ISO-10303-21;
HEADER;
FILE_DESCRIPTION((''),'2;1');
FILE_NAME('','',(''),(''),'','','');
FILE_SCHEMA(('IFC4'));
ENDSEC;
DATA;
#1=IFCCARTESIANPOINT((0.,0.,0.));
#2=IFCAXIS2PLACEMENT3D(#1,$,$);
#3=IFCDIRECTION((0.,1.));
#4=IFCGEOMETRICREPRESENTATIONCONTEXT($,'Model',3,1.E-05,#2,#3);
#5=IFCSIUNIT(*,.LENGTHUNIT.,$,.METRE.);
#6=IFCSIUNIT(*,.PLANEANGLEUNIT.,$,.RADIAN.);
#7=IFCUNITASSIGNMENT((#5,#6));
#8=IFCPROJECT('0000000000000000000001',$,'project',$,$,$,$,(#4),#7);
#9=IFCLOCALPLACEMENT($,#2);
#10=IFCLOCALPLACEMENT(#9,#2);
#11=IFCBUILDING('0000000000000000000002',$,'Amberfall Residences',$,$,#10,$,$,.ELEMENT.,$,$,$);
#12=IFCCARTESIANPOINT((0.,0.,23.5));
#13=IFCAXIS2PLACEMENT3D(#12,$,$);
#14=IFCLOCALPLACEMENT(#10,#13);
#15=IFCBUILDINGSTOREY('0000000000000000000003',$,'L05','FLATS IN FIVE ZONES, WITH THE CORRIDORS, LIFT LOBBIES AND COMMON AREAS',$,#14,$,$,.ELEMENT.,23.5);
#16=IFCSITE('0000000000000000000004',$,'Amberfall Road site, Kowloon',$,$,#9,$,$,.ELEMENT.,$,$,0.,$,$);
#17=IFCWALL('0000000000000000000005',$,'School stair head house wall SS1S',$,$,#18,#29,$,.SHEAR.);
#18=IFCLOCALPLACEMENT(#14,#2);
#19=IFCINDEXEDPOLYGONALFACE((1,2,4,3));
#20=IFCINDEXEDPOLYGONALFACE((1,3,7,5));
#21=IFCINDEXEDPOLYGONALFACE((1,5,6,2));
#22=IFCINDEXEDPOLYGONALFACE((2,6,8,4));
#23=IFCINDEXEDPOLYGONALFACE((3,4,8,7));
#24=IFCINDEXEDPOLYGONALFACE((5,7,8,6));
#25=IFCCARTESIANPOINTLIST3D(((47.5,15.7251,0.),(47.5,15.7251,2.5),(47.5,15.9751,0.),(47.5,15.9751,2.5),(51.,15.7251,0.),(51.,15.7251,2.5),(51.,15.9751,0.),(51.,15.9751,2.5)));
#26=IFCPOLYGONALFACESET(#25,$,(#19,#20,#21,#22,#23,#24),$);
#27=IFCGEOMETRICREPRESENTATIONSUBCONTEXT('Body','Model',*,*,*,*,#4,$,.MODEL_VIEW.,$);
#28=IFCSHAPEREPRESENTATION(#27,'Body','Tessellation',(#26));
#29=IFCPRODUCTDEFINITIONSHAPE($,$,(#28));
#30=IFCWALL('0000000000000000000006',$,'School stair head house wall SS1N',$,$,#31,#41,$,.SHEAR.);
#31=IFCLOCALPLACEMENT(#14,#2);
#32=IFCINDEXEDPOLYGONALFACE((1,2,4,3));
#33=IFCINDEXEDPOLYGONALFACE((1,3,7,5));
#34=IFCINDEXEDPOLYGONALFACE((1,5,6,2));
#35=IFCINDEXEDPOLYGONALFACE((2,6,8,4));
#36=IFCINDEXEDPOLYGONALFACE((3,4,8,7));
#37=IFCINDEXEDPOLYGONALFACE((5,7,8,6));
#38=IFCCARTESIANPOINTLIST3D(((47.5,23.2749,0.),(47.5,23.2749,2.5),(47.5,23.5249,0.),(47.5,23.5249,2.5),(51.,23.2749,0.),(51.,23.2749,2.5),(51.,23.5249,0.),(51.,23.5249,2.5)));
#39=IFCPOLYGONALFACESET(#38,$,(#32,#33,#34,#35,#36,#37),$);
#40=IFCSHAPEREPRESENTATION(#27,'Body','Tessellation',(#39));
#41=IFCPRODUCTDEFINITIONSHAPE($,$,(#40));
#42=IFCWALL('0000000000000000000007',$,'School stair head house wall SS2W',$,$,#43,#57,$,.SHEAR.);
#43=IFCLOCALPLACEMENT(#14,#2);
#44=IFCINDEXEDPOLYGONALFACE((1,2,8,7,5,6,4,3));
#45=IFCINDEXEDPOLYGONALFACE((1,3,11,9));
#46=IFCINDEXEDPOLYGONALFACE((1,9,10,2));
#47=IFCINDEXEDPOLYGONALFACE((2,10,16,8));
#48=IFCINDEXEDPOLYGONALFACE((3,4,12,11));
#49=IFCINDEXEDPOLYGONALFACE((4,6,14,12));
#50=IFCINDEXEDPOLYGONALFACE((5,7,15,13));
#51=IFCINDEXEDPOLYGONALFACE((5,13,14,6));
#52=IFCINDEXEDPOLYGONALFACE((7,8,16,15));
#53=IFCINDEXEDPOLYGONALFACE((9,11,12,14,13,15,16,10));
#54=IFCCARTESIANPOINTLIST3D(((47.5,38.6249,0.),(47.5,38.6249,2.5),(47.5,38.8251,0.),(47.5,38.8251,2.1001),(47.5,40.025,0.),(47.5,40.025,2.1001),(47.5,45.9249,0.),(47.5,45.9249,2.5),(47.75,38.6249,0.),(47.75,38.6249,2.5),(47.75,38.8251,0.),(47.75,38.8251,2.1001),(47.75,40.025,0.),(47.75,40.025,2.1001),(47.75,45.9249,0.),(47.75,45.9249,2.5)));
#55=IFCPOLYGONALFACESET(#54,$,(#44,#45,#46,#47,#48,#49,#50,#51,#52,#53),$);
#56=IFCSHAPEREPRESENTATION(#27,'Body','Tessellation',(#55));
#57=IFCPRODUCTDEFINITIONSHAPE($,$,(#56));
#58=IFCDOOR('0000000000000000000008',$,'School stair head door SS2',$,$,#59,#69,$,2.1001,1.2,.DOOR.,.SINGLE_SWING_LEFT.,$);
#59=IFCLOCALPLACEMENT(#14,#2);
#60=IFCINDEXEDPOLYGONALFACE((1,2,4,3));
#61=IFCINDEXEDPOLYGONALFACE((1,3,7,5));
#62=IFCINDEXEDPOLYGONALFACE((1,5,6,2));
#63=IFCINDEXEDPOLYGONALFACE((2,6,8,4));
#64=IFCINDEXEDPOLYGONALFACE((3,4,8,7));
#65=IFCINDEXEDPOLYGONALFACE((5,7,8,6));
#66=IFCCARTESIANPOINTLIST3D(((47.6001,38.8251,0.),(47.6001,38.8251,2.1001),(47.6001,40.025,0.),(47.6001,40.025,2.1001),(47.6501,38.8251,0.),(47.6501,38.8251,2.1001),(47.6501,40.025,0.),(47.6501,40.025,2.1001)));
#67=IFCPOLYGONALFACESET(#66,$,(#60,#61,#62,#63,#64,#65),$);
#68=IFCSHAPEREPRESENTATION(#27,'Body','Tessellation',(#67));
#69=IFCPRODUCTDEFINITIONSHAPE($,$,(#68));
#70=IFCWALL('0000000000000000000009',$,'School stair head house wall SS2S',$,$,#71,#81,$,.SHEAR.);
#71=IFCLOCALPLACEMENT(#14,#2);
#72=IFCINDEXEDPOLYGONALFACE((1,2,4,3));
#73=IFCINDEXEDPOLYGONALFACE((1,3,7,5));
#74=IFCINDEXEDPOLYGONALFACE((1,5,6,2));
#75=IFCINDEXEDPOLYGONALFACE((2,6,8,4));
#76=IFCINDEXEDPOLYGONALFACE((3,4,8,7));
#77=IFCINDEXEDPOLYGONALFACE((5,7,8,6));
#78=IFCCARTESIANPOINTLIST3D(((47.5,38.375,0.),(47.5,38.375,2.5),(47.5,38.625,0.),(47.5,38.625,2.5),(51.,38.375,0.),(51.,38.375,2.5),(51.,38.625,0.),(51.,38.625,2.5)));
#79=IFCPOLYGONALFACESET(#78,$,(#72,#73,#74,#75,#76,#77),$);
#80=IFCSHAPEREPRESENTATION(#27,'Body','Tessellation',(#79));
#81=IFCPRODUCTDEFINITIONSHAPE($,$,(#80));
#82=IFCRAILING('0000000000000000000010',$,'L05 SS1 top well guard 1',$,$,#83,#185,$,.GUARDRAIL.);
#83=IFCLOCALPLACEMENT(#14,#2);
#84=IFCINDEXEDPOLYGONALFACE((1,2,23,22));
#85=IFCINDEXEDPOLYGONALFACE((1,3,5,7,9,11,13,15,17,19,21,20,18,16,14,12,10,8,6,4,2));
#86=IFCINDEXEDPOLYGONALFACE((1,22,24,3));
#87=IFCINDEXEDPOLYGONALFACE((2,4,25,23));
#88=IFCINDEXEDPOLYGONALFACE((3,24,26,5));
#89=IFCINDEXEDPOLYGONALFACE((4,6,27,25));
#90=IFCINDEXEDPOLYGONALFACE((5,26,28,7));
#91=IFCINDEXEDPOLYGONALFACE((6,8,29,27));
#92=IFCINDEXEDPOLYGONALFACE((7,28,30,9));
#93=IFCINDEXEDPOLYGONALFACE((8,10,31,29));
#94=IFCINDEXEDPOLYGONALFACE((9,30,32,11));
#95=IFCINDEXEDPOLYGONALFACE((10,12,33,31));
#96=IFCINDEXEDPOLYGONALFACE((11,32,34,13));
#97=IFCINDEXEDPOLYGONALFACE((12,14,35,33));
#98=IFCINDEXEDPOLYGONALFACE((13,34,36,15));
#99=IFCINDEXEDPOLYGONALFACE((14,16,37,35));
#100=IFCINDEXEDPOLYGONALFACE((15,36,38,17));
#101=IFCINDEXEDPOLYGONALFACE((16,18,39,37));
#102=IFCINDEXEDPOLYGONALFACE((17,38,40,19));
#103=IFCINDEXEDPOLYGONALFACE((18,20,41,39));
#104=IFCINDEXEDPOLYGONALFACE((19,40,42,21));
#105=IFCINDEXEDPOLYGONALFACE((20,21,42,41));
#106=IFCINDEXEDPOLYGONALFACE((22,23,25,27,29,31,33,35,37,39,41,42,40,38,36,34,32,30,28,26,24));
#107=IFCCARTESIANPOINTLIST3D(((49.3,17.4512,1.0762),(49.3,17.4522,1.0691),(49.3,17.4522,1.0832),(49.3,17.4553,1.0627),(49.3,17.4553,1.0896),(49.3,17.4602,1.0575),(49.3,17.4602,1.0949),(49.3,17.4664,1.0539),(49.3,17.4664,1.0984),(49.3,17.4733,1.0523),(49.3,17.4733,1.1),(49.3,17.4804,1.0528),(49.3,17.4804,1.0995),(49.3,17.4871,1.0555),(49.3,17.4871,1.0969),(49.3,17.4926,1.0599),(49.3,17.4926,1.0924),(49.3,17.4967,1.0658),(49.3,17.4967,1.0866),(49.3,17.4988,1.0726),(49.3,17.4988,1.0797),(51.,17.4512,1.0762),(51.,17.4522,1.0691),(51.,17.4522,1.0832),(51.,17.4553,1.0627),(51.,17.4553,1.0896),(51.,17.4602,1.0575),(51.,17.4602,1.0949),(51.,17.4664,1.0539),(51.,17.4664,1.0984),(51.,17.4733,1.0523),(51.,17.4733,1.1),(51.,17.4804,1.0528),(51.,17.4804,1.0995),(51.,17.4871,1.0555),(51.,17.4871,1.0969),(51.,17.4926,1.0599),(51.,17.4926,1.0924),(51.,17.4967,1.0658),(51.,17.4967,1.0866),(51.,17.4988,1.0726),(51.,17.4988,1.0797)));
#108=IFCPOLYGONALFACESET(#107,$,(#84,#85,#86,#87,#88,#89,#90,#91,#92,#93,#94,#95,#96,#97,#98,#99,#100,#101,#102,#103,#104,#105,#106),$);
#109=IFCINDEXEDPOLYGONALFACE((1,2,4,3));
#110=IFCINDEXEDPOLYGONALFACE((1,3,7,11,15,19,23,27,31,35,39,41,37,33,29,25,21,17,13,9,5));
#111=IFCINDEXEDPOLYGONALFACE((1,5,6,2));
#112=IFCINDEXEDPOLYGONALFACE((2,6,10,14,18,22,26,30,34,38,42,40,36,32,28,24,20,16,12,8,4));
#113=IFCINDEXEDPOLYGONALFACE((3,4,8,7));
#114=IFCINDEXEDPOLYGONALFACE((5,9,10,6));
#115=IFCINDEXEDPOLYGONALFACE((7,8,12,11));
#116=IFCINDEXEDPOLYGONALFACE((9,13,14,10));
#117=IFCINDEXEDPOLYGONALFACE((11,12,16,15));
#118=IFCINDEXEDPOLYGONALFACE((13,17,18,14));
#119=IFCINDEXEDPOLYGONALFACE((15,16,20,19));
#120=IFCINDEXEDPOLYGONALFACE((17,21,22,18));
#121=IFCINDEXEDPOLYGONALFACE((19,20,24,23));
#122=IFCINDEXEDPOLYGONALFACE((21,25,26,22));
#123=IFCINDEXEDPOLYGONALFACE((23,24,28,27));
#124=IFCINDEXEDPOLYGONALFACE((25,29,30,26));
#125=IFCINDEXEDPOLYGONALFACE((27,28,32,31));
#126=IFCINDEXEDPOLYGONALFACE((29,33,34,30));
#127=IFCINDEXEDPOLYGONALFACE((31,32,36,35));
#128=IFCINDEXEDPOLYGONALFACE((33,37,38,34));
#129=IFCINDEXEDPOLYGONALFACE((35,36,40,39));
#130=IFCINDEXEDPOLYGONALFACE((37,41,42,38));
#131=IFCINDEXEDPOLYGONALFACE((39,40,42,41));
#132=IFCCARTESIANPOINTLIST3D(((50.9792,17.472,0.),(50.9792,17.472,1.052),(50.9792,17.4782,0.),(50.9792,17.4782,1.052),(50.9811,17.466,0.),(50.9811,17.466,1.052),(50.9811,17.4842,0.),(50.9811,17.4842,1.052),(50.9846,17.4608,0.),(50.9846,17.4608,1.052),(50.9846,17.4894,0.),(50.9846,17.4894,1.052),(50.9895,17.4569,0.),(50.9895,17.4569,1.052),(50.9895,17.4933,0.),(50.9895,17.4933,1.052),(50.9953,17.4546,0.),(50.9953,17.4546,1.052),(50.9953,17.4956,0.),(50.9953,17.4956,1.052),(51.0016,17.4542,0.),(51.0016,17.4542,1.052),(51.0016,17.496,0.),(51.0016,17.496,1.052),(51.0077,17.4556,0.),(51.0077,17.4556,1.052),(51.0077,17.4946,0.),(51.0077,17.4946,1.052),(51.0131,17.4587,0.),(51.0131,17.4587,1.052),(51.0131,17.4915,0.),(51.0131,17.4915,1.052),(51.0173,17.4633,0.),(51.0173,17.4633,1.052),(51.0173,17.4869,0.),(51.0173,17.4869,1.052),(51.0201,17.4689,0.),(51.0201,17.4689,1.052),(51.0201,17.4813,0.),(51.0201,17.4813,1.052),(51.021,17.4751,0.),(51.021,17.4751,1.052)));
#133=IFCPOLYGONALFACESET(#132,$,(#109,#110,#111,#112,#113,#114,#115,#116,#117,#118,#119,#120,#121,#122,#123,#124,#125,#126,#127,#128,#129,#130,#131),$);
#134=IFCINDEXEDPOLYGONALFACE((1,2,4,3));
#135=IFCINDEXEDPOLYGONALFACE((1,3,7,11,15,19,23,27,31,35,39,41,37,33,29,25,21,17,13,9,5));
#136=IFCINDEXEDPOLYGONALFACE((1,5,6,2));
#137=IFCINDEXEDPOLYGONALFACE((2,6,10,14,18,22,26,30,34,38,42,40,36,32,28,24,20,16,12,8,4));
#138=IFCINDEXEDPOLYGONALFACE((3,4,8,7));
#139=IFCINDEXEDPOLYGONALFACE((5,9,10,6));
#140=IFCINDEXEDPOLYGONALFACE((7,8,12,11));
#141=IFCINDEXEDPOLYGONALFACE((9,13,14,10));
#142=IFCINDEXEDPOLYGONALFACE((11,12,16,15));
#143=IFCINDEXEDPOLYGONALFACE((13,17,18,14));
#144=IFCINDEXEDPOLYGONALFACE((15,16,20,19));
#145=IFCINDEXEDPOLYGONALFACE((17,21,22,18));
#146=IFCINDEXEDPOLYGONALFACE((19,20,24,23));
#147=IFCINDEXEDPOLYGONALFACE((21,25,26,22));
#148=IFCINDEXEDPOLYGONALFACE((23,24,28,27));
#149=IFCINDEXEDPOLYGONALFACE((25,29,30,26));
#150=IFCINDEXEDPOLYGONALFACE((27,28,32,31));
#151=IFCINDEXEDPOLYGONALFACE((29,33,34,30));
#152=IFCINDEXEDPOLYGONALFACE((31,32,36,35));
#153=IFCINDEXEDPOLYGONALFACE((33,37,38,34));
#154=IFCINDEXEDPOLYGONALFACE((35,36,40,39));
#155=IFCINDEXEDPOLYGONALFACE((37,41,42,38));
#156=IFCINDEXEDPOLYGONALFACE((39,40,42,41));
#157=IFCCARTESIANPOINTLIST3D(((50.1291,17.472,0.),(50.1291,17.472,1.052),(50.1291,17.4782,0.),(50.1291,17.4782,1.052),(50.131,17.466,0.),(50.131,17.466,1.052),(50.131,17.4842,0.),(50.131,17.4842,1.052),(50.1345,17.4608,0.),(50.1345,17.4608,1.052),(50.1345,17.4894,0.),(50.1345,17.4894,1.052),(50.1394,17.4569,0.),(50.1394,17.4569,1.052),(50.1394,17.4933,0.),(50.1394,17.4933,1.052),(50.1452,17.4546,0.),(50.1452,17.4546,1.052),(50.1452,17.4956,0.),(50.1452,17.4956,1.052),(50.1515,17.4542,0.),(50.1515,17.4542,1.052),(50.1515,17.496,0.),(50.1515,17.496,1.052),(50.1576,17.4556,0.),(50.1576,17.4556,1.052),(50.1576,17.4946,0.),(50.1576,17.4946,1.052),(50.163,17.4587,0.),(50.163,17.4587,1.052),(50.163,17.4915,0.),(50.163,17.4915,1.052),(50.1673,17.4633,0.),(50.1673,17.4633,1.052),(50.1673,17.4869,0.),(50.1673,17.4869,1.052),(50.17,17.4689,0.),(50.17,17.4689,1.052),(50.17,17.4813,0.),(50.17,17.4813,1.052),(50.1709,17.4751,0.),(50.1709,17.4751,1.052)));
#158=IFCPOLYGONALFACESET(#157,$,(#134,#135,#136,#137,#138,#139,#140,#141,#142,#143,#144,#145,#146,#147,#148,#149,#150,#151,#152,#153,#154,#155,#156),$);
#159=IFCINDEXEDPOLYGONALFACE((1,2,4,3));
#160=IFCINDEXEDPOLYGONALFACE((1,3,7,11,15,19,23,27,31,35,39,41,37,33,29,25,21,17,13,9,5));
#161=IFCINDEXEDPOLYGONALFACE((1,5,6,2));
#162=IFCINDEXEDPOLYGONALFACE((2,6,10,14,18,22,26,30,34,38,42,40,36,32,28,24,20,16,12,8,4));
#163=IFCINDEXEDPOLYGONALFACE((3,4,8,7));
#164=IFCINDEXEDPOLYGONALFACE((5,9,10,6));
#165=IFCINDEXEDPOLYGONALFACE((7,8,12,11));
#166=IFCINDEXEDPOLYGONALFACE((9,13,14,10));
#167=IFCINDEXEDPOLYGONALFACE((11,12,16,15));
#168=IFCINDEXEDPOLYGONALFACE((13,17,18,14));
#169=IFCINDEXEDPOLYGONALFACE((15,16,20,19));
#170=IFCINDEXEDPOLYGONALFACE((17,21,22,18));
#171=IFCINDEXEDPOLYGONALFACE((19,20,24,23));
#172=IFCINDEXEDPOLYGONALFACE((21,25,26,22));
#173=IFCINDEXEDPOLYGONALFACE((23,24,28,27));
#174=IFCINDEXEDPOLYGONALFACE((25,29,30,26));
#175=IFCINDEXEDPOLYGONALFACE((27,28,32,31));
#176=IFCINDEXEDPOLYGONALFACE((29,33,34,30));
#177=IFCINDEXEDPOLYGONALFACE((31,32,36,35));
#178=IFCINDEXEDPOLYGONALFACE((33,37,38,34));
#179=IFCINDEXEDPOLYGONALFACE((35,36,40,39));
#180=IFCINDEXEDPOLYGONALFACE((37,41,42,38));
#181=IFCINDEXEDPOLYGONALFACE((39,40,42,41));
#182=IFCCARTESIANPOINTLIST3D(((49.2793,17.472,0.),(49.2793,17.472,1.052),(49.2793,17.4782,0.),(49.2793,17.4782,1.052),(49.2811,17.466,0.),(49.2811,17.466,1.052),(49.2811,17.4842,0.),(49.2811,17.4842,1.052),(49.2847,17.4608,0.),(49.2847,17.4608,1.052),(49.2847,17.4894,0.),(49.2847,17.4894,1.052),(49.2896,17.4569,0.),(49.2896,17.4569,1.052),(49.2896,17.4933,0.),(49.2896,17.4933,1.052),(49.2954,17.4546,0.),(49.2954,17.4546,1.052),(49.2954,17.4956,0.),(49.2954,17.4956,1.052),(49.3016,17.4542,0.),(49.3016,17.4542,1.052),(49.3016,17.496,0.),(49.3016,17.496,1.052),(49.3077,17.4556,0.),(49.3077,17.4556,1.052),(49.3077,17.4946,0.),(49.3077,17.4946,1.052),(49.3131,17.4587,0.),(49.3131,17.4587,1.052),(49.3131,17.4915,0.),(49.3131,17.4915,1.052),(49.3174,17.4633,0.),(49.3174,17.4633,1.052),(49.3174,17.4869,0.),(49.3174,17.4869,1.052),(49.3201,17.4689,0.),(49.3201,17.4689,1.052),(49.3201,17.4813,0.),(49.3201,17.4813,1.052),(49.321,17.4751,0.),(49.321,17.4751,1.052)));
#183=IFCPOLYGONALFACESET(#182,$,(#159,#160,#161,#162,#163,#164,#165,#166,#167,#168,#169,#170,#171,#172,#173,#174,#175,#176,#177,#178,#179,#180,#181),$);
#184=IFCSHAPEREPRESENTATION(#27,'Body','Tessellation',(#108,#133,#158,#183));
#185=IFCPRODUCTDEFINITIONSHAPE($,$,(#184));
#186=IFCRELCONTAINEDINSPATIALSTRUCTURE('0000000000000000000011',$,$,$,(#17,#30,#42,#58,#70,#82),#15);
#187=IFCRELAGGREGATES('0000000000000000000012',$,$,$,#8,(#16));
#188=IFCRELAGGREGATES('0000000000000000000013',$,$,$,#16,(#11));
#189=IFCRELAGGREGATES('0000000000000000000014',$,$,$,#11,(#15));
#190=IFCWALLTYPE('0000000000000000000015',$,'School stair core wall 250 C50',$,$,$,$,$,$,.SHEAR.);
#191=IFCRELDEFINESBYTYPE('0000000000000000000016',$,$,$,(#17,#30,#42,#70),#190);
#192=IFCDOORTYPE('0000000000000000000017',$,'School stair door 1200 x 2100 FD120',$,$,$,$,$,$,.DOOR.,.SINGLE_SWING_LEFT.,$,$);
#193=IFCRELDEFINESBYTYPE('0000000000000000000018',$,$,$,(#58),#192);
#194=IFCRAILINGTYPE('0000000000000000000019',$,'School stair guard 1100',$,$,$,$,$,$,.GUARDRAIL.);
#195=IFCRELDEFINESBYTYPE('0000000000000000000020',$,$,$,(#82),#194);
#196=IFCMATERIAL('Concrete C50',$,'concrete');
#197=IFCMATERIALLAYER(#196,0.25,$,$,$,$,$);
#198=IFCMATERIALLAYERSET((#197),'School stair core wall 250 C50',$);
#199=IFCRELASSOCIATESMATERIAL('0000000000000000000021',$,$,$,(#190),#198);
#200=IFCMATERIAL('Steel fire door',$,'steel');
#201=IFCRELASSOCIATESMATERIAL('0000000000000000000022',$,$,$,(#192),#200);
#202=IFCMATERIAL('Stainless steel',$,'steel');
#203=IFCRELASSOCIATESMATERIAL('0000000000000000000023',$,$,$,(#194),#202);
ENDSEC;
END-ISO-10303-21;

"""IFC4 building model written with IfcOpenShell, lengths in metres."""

from ifc_helpers import new_model, si_unit, direction, frame, frame_2d, origin, origin_2d, place, context, subcontext, project, spatial, rectangle, circle, extrude, material, layer, layer_set, type_object, element, fill, save


model = new_model("IFC4")

# Units and contexts
model_context = context("Model", 3, precision=1e-05, world=origin(), true_north=direction((0.0, 1.0)))
body_context = subcontext(model_context, "Body", "Model", "MODEL_VIEW")
ifc_project = project(units=[si_unit("LENGTHUNIT", "METRE"), si_unit("PLANEANGLEUNIT", "RADIAN")], contexts=[model_context])

# Site, building, storey
site_placement = place(None, origin())
site = spatial("IfcSite", under=ifc_project, at=site_placement, Name="Amberfall Road site, Kowloon", CompositionType="ELEMENT", RefElevation=0.0)
building_placement = place(site_placement, origin())
building = spatial("IfcBuilding", under=site, at=building_placement, Name="Amberfall Residences", CompositionType="ELEMENT")
storey_placement = place(building_placement, frame((0.0, 0.0, 23.5)))
storey = spatial("IfcBuildingStorey", under=building, at=storey_placement, Name="L05", Description="FLATS IN FIVE ZONES, WITH THE CORRIDORS, LIFT LOBBIES AND COMMON AREAS", CompositionType="ELEMENT", Elevation=23.5)

# Shared definitions
ifc_material_1 = material(Name="Concrete C50", Category="concrete")
ifc_layer_1 = layer(ifc_material_1, 0.25)
ifc_layer_set_1 = layer_set([ifc_layer_1], Name="School stair core wall 250 C50")
wall_type_1 = type_object("IfcWallType", Name="School stair core wall 250 C50", PredefinedType="SHEAR", material=ifc_layer_set_1)

# Shared definitions
ifc_material_2 = material(Name="Steel fire door", Category="steel")
door_type_1 = type_object("IfcDoorType", Name="School stair door 1200 x 2100 FD120", OperationType="SINGLE_SWING_LEFT", PredefinedType="DOOR", material=ifc_material_2)

# Walls
for number, where, z_axis, x_axis, name in (
    (1, (47.5, 15.8501, 0.0), (0.0, 0.0, 1.0), (1.0, 0.0, 0.0), "School stair head house wall SS1S"),
    (2, (47.5, 23.3999, 0.0), (0.0, 0.0, 1.0), (1.0, 0.0, 0.0), "School stair head house wall SS1N"),
):
    element("IfcWall", number, at=place(storey_placement, frame(where, z_axis=z_axis, x_axis=x_axis)), inside=storey, type_object=wall_type_1, Name=name, PredefinedType="SHEAR", context=body_context, shape_type="SweptSolid", body=[
        extrude(rectangle(XDim=3.5, YDim=0.25, at=frame_2d((1.75, 0.0))), origin(), (0.0, 0.0, 1.0), 2.5),
    ])

# Wall, opening, door
wall_1_placement = place(storey_placement, frame((47.625, 38.625, 0.0), z_axis=(0.0, 0.0, 1.0), x_axis=(0.0, 1.0, 0.0)))
wall_1 = element("IfcWall", 3, at=wall_1_placement, inside=storey, type_object=wall_type_1, Name="School stair head house wall SS2W", PredefinedType="SHEAR", context=body_context, shape_type="SweptSolid", body=[
    extrude(rectangle(XDim=7.3, YDim=0.25, at=frame_2d((3.6499, 0.0))), origin(), (0.0, 0.0, 1.0), 2.5),
])
opening_1_placement = place(wall_1_placement, frame((0.2, 0.0, 0.0)))
opening_1 = element("IfcOpeningElement", 4, at=opening_1_placement, cuts=wall_1, PredefinedType="OPENING", context=body_context, shape_type="SweptSolid", body=[
    extrude(rectangle(XDim=1.2, YDim=2.1001, at=frame_2d((0.6001, 1.05))), frame((0.0, 0.135, 0.0), z_axis=(0.0, -1.0, 0.0), x_axis=(1.0, 0.0, 0.0)), (0.0, 0.0, 1.0), 0.27),
])
door_1_placement = place(opening_1_placement, origin())
door_1 = element("IfcDoor", 5, at=door_1_placement, inside=storey, type_object=door_type_1, Name="School stair head door SS2", OperationType="SINGLE_SWING_LEFT", OverallHeight=2.1001, OverallWidth=1.2, PredefinedType="DOOR", context=body_context, shape_type="SweptSolid", body=[
    extrude(rectangle(XDim=1.2, YDim=2.1001, at=frame_2d((0.6001, 1.05))), frame((0.0, 0.0249, 0.0), z_axis=(0.0, -1.0, 0.0), x_axis=(1.0, 0.0, 0.0)), (0.0, 0.0, 1.0), 0.05),
])
fill(opening_1, door_1)

# Wall
wall_2_placement = place(storey_placement, frame((47.5, 38.5, 0.0), z_axis=(0.0, 0.0, 1.0), x_axis=(1.0, 0.0, 0.0)))
element("IfcWall", 6, at=wall_2_placement, inside=storey, type_object=wall_type_1, Name="School stair head house wall SS2S", PredefinedType="SHEAR", context=body_context, shape_type="SweptSolid", body=[
    extrude(rectangle(XDim=3.5, YDim=0.25, at=frame_2d((1.75, 0.0))), origin(), (0.0, 0.0, 1.0), 2.5),
])

# Railing
ifc_material_3 = material(Name="Stainless steel", Category="steel")
railing_type = type_object("IfcRailingType", Name="School stair guard 1100", PredefinedType="GUARDRAIL", material=ifc_material_3)
for number, where, name in (
    (7, (51.0, 17.4751, 0.0), "L05 SS1 top well guard 1"),
):
    element("IfcRailing", number, at=place(storey_placement, frame(where)), inside=storey, type_object=railing_type, Name=name, PredefinedType="GUARDRAIL", context=body_context, shape_type="SweptSolid", body=[
        extrude(circle(Radius=0.0239, at=origin_2d()), frame((0.0, 0.0, 1.0762), z_axis=(-1.0, 0.0, 0.0), x_axis=(0.0, -1.0, 0.0)), (0.0, 0.0, 1.0), 1.7),
        extrude(circle(Radius=0.021, at=origin_2d()), origin(), (0.0, 0.0, 1.0), 1.052),
        extrude(circle(Radius=0.021, at=origin_2d()), frame((-0.8501, 0.0, 0.0)), (0.0, 0.0, 1.0), 1.052),
        extrude(circle(Radius=0.021, at=origin_2d()), frame((-1.7, 0.0, 0.0)), (0.0, 0.0, 1.0), 1.052),
    ])

save(model, "model.ifc")
